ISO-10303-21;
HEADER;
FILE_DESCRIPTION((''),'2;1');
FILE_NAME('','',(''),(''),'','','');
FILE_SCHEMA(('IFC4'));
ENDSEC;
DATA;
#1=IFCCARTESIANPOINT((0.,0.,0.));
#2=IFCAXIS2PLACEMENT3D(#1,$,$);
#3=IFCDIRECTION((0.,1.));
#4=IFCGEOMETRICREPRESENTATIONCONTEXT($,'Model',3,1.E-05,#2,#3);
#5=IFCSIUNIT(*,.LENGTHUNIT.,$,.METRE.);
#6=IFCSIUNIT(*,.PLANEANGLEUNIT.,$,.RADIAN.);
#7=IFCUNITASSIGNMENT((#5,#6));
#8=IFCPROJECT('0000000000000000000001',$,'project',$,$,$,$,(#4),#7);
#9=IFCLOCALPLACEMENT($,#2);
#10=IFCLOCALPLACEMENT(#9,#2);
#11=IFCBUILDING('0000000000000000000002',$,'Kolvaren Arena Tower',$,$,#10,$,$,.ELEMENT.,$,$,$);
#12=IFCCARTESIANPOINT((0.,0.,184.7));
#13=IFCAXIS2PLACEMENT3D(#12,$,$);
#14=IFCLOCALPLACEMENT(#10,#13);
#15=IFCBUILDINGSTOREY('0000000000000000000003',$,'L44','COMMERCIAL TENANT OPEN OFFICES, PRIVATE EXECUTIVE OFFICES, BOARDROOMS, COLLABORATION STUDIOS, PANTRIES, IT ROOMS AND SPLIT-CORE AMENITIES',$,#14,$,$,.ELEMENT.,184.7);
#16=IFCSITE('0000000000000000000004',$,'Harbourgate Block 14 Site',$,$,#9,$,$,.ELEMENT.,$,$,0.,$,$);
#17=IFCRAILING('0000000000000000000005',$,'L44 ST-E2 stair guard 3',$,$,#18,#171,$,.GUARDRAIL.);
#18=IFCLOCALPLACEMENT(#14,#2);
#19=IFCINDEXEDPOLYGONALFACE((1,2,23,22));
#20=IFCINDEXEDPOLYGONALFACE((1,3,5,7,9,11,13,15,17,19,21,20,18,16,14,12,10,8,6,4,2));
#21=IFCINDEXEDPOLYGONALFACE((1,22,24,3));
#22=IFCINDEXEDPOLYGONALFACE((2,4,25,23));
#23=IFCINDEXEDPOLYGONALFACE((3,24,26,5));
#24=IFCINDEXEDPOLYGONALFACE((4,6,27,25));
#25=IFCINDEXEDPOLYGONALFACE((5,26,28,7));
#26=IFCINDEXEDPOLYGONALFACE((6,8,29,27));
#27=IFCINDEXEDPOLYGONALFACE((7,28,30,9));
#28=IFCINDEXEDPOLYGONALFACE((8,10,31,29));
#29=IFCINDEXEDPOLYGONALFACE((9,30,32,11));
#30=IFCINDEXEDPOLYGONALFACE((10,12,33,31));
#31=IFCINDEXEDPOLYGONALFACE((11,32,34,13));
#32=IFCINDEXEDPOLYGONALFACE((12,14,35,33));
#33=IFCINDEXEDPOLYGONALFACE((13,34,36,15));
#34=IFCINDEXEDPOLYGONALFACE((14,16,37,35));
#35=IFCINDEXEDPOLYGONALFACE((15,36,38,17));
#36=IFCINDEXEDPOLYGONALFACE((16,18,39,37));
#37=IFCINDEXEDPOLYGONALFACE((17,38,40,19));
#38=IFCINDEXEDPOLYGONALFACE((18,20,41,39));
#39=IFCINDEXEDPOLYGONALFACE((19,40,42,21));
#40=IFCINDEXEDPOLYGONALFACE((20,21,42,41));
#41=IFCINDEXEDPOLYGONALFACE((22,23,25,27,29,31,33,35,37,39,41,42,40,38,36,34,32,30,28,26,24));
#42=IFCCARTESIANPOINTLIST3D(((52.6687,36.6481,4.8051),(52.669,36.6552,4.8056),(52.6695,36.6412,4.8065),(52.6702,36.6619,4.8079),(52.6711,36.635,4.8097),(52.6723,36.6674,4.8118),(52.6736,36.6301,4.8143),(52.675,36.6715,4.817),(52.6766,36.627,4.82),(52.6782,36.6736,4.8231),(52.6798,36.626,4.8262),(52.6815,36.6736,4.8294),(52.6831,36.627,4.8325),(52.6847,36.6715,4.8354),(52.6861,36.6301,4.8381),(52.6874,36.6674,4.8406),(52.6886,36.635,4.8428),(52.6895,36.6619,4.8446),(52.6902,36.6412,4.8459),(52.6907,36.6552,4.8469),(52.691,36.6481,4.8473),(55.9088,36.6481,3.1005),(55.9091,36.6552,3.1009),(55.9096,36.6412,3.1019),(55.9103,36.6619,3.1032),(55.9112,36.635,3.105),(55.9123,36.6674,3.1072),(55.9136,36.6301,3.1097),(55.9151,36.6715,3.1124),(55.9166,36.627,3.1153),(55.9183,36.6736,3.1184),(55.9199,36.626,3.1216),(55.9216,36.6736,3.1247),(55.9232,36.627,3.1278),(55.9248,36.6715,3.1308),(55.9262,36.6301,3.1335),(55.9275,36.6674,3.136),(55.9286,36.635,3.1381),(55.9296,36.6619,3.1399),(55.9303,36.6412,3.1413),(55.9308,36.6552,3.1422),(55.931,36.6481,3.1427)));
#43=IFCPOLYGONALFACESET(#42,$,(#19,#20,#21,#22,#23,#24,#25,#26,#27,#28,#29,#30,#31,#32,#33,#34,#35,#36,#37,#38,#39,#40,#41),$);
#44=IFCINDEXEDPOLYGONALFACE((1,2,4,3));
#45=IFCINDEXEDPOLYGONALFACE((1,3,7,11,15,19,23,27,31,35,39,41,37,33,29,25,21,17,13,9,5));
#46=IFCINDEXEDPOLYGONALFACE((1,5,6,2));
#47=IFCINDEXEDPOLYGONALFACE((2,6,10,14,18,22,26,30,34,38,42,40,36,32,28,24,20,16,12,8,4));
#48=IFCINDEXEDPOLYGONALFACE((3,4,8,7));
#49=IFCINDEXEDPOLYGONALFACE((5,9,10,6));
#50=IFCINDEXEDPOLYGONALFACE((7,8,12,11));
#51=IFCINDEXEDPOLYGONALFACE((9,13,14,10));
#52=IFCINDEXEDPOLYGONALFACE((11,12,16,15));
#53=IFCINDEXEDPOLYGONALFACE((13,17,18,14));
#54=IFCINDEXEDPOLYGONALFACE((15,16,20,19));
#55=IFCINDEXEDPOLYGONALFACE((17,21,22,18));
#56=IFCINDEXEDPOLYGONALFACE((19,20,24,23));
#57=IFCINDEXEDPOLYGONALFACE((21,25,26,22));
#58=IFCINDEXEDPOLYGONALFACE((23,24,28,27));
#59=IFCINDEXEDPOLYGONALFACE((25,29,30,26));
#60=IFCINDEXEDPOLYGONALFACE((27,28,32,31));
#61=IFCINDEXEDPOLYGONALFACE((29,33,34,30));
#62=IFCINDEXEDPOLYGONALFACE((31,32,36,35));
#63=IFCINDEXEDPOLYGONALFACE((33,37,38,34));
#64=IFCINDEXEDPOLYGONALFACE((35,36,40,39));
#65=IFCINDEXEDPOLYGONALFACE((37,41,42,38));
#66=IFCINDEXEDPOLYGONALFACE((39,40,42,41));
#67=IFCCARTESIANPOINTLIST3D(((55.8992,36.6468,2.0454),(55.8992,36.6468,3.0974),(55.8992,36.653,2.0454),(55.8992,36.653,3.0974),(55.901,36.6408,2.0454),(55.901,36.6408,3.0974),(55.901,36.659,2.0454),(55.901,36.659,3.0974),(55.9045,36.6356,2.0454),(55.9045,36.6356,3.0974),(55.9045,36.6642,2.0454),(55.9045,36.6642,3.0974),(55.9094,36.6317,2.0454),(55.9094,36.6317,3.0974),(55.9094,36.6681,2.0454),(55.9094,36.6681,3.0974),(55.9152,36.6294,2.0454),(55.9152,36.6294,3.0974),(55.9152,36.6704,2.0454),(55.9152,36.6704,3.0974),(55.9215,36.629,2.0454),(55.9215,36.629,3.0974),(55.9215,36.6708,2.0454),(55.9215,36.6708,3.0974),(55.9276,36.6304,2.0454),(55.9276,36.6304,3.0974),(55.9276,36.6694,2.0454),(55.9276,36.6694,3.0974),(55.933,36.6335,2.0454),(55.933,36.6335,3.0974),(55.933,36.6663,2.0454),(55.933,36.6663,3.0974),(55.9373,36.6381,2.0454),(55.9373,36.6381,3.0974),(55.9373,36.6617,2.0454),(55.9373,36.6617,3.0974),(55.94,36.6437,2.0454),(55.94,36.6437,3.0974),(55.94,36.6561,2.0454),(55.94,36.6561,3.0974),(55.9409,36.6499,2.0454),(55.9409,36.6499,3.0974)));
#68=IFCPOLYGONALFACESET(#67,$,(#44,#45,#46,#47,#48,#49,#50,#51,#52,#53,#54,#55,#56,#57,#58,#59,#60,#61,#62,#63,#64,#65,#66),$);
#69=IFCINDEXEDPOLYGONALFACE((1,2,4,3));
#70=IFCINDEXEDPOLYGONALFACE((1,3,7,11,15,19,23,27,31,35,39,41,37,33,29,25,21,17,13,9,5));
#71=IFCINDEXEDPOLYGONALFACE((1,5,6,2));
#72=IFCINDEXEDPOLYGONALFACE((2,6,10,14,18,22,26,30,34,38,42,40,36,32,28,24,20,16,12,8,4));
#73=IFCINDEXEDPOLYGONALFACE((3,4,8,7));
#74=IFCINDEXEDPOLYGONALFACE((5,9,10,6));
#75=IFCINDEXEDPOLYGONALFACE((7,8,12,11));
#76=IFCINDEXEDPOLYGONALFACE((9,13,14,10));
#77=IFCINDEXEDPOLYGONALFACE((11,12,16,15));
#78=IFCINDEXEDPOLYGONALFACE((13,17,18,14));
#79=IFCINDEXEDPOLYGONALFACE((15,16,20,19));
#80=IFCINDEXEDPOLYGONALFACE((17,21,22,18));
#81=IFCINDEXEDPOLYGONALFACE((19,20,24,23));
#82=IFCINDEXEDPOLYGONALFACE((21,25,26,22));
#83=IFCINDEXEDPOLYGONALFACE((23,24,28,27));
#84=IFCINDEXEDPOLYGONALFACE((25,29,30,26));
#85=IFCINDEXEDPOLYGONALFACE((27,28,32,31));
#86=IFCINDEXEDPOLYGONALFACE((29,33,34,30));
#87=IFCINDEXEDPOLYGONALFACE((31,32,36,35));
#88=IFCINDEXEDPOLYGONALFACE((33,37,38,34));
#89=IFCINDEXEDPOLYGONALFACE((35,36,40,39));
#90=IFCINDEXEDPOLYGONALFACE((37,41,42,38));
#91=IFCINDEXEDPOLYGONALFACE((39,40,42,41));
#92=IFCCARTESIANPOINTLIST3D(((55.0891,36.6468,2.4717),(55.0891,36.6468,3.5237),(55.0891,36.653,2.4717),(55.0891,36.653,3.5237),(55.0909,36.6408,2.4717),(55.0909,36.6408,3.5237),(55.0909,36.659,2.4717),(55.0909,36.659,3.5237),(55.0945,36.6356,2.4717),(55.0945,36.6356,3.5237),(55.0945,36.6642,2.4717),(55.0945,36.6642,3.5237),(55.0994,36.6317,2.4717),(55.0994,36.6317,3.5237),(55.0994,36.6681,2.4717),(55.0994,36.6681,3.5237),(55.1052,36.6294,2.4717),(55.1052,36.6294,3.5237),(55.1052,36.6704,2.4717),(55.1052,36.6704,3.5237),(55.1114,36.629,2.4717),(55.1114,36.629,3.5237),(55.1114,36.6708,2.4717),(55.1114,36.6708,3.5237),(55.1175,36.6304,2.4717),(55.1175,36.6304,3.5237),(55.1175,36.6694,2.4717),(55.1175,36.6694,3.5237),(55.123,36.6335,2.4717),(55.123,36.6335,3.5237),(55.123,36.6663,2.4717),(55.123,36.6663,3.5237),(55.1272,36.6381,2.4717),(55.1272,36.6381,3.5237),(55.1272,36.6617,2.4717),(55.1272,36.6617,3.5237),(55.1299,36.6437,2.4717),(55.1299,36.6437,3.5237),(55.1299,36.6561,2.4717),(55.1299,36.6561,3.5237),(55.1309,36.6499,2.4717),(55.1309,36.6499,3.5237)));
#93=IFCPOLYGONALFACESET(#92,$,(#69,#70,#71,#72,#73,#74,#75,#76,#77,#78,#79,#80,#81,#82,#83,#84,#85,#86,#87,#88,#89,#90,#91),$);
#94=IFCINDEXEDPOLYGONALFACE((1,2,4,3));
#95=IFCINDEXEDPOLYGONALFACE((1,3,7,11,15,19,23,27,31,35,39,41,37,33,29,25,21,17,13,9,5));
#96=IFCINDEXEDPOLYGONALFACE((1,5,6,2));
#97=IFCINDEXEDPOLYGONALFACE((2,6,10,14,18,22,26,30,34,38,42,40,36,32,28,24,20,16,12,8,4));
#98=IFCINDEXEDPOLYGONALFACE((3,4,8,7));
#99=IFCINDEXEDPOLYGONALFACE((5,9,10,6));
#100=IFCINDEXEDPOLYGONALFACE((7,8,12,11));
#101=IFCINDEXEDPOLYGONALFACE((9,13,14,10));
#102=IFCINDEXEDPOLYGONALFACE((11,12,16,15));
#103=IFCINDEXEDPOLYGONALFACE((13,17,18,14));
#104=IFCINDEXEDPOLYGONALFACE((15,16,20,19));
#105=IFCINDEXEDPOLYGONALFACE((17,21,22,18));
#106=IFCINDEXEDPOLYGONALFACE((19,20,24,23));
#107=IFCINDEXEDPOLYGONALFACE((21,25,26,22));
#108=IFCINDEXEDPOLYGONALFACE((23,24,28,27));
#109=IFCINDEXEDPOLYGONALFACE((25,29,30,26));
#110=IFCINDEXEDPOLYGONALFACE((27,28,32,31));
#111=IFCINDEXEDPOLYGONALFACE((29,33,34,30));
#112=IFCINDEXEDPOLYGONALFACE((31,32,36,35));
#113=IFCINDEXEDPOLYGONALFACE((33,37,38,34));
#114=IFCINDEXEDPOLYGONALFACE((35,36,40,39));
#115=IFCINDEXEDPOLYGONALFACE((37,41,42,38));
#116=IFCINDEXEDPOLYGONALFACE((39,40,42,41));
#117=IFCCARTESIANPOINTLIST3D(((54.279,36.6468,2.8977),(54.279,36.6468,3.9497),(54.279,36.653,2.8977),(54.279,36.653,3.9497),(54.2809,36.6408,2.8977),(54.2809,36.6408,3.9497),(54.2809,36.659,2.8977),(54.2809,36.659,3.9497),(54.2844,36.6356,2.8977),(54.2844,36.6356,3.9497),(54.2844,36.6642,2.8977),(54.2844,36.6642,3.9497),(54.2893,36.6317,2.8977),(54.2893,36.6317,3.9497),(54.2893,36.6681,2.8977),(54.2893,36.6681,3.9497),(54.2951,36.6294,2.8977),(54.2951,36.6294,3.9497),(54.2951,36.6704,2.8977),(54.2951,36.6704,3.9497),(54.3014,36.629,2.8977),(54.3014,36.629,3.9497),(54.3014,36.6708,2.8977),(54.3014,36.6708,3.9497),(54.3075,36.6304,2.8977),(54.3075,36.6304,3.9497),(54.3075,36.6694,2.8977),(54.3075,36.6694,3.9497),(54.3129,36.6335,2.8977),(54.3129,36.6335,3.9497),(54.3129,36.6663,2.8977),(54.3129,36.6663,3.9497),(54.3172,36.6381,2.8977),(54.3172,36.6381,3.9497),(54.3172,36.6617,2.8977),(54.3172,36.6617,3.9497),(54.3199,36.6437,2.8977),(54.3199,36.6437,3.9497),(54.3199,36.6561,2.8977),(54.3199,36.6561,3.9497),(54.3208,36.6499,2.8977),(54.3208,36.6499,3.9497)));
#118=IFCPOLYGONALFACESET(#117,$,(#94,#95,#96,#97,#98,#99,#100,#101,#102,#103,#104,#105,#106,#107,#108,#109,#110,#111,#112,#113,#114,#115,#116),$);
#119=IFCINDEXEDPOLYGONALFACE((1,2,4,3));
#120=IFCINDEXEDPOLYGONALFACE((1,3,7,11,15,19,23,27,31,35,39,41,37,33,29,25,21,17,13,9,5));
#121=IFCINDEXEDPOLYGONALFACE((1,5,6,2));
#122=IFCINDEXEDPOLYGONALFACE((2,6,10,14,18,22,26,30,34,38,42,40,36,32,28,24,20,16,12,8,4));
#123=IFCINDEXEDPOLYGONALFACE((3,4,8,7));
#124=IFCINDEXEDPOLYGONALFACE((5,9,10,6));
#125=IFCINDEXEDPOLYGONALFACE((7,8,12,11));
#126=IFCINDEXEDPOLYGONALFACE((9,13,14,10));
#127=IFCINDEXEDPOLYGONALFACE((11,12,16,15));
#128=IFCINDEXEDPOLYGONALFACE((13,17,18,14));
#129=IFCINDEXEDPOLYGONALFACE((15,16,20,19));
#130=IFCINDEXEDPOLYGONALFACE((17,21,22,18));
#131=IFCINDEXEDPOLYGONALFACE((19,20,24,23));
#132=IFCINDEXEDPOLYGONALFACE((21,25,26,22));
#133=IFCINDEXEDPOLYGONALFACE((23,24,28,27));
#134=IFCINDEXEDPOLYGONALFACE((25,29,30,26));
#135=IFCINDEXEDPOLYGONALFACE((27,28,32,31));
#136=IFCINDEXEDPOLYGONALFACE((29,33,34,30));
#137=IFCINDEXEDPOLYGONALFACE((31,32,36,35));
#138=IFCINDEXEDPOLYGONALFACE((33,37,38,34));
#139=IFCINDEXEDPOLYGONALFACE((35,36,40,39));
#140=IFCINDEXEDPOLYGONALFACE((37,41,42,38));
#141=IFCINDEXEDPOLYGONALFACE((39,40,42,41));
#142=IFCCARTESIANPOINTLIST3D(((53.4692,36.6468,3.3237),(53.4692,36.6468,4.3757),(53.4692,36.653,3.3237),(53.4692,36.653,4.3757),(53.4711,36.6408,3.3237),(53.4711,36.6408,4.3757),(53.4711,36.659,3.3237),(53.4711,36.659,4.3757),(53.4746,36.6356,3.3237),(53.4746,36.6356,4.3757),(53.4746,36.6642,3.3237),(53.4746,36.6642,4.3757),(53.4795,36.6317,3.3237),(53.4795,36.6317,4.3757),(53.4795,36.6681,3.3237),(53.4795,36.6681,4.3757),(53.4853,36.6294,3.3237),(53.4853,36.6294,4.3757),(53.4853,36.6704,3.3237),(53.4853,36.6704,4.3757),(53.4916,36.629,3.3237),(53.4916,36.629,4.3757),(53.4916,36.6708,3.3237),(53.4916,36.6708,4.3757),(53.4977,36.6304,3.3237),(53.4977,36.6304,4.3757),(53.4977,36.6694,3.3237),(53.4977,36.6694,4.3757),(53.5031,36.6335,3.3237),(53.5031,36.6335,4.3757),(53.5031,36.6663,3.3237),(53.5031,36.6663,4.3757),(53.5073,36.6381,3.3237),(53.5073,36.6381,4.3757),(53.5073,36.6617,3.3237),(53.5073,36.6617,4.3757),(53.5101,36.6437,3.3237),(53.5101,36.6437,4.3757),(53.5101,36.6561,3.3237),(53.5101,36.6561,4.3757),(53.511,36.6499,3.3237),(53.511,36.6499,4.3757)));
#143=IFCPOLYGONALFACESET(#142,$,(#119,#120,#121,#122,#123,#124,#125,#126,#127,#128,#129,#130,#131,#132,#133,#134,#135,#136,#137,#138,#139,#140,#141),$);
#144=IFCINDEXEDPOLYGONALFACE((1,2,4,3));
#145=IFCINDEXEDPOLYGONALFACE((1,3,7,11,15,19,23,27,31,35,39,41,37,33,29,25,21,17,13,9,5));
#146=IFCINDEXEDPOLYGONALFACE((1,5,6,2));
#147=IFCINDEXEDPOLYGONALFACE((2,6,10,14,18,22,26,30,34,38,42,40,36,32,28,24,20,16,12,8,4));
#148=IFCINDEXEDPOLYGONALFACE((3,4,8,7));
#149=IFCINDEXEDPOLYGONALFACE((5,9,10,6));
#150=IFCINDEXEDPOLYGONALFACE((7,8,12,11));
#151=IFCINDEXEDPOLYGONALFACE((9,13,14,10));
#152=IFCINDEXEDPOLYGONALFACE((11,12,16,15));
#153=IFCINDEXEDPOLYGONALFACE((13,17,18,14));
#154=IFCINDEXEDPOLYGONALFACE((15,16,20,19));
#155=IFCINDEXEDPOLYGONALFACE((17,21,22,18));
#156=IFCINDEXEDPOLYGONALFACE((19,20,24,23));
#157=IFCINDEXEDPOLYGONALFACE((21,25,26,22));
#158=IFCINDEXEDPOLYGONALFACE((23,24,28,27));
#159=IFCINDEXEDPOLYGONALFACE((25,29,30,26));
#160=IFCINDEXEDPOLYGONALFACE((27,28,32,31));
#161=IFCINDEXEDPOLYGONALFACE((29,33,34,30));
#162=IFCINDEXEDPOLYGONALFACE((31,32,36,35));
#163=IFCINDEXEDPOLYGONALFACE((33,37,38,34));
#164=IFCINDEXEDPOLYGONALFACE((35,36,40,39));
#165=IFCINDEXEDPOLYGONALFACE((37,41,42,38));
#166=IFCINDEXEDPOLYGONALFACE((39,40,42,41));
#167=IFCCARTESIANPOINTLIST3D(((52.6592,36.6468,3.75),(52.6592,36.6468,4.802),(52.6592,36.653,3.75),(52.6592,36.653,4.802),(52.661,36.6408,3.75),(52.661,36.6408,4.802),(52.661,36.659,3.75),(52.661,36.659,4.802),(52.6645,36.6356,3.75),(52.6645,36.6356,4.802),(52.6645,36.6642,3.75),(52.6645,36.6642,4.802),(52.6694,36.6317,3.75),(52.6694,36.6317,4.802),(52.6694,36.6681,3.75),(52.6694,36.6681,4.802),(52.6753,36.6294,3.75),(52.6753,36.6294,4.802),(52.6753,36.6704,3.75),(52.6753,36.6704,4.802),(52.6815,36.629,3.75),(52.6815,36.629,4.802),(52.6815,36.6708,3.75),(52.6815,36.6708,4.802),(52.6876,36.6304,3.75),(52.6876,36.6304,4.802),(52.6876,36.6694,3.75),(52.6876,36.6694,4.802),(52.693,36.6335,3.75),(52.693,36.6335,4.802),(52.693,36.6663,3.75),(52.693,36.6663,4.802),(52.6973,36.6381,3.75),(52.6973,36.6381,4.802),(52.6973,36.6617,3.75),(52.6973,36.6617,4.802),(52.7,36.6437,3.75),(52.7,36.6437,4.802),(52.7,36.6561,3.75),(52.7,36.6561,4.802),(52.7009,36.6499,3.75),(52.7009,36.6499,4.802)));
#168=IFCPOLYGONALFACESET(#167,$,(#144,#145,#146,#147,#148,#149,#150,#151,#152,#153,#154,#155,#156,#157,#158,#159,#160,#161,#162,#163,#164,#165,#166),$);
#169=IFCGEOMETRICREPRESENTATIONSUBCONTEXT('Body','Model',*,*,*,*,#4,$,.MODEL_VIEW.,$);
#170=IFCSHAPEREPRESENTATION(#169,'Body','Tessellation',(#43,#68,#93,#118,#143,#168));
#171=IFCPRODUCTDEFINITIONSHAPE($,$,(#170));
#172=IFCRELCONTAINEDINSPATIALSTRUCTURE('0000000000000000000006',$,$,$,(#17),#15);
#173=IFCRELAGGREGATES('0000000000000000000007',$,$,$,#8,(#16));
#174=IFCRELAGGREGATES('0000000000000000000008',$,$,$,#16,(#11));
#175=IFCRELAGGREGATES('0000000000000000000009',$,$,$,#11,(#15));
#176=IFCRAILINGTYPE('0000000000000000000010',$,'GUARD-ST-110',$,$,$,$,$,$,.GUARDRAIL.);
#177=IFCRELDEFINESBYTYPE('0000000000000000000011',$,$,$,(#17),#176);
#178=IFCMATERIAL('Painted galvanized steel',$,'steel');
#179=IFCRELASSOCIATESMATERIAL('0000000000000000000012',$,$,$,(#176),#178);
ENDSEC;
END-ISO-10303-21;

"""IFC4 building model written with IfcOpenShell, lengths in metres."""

from ifc_helpers import new_model, si_unit, direction, frame, origin, origin_2d, place, context, subcontext, project, spatial, circle, extrude, material, type_object, element, save


model = new_model("IFC4")

# Units and contexts
model_context = context("Model", 3, precision=1e-05, world=origin(), true_north=direction((0.0, 1.0)))
body_context = subcontext(model_context, "Body", "Model", "MODEL_VIEW")
ifc_project = project(units=[si_unit("LENGTHUNIT", "METRE"), si_unit("PLANEANGLEUNIT", "RADIAN")], contexts=[model_context])

# Site, building, storey
site_placement = place(None, origin())
site = spatial("IfcSite", under=ifc_project, at=site_placement, Name="Harbourgate Block 14 Site", CompositionType="ELEMENT", RefElevation=0.0)
building_placement = place(site_placement, origin())
building = spatial("IfcBuilding", under=site, at=building_placement, Name="Kolvaren Arena Tower", CompositionType="ELEMENT")
storey_placement = place(building_placement, frame((0.0, 0.0, 184.7)))
storey = spatial("IfcBuildingStorey", under=building, at=storey_placement, Name="L44", Description="COMMERCIAL TENANT OPEN OFFICES, PRIVATE EXECUTIVE OFFICES, BOARDROOMS, COLLABORATION STUDIOS, PANTRIES, IT ROOMS AND SPLIT-CORE AMENITIES", CompositionType="ELEMENT", Elevation=184.7)

# Railing
ifc_material_1 = material(Name="Painted galvanized steel", Category="steel")
railing_type_1 = type_object("IfcRailingType", Name="GUARD-ST-110", PredefinedType="GUARDRAIL", material=ifc_material_1)
railing_1_placement = place(storey_placement, frame((55.9199, 36.6499, 2.0454)))
element("IfcRailing", 1, at=railing_1_placement, inside=storey, type_object=railing_type_1, Name="L44 ST-E2 stair guard 3", PredefinedType="GUARDRAIL", context=body_context, shape_type="SweptSolid", body=[
    extrude(circle(Radius=0.0239, at=origin_2d()), frame((0.0, 0.0, 1.0762), z_axis=(-0.884993, 0.0, 0.465604), x_axis=(0.0, -1.0, 0.0)), (0.0, 0.0, 1.0), 3.6611),
    extrude(circle(Radius=0.021, at=origin_2d()), origin(), (0.0, 0.0, 1.0), 1.052),
    extrude(circle(Radius=0.021, at=origin_2d()), frame((-0.8101, 0.0, 0.4263)), (0.0, 0.0, 1.0), 1.052),
    extrude(circle(Radius=0.021, at=origin_2d()), frame((-1.6201, 0.0, 0.8523)), (0.0, 0.0, 1.0), 1.052),
    extrude(circle(Radius=0.021, at=origin_2d()), frame((-2.4299, 0.0, 1.2783)), (0.0, 0.0, 1.0), 1.052),
    extrude(circle(Radius=0.021, at=origin_2d()), frame((-3.24, 0.0, 1.7046)), (0.0, 0.0, 1.0), 1.052),
])

save(model, "model.ifc")
